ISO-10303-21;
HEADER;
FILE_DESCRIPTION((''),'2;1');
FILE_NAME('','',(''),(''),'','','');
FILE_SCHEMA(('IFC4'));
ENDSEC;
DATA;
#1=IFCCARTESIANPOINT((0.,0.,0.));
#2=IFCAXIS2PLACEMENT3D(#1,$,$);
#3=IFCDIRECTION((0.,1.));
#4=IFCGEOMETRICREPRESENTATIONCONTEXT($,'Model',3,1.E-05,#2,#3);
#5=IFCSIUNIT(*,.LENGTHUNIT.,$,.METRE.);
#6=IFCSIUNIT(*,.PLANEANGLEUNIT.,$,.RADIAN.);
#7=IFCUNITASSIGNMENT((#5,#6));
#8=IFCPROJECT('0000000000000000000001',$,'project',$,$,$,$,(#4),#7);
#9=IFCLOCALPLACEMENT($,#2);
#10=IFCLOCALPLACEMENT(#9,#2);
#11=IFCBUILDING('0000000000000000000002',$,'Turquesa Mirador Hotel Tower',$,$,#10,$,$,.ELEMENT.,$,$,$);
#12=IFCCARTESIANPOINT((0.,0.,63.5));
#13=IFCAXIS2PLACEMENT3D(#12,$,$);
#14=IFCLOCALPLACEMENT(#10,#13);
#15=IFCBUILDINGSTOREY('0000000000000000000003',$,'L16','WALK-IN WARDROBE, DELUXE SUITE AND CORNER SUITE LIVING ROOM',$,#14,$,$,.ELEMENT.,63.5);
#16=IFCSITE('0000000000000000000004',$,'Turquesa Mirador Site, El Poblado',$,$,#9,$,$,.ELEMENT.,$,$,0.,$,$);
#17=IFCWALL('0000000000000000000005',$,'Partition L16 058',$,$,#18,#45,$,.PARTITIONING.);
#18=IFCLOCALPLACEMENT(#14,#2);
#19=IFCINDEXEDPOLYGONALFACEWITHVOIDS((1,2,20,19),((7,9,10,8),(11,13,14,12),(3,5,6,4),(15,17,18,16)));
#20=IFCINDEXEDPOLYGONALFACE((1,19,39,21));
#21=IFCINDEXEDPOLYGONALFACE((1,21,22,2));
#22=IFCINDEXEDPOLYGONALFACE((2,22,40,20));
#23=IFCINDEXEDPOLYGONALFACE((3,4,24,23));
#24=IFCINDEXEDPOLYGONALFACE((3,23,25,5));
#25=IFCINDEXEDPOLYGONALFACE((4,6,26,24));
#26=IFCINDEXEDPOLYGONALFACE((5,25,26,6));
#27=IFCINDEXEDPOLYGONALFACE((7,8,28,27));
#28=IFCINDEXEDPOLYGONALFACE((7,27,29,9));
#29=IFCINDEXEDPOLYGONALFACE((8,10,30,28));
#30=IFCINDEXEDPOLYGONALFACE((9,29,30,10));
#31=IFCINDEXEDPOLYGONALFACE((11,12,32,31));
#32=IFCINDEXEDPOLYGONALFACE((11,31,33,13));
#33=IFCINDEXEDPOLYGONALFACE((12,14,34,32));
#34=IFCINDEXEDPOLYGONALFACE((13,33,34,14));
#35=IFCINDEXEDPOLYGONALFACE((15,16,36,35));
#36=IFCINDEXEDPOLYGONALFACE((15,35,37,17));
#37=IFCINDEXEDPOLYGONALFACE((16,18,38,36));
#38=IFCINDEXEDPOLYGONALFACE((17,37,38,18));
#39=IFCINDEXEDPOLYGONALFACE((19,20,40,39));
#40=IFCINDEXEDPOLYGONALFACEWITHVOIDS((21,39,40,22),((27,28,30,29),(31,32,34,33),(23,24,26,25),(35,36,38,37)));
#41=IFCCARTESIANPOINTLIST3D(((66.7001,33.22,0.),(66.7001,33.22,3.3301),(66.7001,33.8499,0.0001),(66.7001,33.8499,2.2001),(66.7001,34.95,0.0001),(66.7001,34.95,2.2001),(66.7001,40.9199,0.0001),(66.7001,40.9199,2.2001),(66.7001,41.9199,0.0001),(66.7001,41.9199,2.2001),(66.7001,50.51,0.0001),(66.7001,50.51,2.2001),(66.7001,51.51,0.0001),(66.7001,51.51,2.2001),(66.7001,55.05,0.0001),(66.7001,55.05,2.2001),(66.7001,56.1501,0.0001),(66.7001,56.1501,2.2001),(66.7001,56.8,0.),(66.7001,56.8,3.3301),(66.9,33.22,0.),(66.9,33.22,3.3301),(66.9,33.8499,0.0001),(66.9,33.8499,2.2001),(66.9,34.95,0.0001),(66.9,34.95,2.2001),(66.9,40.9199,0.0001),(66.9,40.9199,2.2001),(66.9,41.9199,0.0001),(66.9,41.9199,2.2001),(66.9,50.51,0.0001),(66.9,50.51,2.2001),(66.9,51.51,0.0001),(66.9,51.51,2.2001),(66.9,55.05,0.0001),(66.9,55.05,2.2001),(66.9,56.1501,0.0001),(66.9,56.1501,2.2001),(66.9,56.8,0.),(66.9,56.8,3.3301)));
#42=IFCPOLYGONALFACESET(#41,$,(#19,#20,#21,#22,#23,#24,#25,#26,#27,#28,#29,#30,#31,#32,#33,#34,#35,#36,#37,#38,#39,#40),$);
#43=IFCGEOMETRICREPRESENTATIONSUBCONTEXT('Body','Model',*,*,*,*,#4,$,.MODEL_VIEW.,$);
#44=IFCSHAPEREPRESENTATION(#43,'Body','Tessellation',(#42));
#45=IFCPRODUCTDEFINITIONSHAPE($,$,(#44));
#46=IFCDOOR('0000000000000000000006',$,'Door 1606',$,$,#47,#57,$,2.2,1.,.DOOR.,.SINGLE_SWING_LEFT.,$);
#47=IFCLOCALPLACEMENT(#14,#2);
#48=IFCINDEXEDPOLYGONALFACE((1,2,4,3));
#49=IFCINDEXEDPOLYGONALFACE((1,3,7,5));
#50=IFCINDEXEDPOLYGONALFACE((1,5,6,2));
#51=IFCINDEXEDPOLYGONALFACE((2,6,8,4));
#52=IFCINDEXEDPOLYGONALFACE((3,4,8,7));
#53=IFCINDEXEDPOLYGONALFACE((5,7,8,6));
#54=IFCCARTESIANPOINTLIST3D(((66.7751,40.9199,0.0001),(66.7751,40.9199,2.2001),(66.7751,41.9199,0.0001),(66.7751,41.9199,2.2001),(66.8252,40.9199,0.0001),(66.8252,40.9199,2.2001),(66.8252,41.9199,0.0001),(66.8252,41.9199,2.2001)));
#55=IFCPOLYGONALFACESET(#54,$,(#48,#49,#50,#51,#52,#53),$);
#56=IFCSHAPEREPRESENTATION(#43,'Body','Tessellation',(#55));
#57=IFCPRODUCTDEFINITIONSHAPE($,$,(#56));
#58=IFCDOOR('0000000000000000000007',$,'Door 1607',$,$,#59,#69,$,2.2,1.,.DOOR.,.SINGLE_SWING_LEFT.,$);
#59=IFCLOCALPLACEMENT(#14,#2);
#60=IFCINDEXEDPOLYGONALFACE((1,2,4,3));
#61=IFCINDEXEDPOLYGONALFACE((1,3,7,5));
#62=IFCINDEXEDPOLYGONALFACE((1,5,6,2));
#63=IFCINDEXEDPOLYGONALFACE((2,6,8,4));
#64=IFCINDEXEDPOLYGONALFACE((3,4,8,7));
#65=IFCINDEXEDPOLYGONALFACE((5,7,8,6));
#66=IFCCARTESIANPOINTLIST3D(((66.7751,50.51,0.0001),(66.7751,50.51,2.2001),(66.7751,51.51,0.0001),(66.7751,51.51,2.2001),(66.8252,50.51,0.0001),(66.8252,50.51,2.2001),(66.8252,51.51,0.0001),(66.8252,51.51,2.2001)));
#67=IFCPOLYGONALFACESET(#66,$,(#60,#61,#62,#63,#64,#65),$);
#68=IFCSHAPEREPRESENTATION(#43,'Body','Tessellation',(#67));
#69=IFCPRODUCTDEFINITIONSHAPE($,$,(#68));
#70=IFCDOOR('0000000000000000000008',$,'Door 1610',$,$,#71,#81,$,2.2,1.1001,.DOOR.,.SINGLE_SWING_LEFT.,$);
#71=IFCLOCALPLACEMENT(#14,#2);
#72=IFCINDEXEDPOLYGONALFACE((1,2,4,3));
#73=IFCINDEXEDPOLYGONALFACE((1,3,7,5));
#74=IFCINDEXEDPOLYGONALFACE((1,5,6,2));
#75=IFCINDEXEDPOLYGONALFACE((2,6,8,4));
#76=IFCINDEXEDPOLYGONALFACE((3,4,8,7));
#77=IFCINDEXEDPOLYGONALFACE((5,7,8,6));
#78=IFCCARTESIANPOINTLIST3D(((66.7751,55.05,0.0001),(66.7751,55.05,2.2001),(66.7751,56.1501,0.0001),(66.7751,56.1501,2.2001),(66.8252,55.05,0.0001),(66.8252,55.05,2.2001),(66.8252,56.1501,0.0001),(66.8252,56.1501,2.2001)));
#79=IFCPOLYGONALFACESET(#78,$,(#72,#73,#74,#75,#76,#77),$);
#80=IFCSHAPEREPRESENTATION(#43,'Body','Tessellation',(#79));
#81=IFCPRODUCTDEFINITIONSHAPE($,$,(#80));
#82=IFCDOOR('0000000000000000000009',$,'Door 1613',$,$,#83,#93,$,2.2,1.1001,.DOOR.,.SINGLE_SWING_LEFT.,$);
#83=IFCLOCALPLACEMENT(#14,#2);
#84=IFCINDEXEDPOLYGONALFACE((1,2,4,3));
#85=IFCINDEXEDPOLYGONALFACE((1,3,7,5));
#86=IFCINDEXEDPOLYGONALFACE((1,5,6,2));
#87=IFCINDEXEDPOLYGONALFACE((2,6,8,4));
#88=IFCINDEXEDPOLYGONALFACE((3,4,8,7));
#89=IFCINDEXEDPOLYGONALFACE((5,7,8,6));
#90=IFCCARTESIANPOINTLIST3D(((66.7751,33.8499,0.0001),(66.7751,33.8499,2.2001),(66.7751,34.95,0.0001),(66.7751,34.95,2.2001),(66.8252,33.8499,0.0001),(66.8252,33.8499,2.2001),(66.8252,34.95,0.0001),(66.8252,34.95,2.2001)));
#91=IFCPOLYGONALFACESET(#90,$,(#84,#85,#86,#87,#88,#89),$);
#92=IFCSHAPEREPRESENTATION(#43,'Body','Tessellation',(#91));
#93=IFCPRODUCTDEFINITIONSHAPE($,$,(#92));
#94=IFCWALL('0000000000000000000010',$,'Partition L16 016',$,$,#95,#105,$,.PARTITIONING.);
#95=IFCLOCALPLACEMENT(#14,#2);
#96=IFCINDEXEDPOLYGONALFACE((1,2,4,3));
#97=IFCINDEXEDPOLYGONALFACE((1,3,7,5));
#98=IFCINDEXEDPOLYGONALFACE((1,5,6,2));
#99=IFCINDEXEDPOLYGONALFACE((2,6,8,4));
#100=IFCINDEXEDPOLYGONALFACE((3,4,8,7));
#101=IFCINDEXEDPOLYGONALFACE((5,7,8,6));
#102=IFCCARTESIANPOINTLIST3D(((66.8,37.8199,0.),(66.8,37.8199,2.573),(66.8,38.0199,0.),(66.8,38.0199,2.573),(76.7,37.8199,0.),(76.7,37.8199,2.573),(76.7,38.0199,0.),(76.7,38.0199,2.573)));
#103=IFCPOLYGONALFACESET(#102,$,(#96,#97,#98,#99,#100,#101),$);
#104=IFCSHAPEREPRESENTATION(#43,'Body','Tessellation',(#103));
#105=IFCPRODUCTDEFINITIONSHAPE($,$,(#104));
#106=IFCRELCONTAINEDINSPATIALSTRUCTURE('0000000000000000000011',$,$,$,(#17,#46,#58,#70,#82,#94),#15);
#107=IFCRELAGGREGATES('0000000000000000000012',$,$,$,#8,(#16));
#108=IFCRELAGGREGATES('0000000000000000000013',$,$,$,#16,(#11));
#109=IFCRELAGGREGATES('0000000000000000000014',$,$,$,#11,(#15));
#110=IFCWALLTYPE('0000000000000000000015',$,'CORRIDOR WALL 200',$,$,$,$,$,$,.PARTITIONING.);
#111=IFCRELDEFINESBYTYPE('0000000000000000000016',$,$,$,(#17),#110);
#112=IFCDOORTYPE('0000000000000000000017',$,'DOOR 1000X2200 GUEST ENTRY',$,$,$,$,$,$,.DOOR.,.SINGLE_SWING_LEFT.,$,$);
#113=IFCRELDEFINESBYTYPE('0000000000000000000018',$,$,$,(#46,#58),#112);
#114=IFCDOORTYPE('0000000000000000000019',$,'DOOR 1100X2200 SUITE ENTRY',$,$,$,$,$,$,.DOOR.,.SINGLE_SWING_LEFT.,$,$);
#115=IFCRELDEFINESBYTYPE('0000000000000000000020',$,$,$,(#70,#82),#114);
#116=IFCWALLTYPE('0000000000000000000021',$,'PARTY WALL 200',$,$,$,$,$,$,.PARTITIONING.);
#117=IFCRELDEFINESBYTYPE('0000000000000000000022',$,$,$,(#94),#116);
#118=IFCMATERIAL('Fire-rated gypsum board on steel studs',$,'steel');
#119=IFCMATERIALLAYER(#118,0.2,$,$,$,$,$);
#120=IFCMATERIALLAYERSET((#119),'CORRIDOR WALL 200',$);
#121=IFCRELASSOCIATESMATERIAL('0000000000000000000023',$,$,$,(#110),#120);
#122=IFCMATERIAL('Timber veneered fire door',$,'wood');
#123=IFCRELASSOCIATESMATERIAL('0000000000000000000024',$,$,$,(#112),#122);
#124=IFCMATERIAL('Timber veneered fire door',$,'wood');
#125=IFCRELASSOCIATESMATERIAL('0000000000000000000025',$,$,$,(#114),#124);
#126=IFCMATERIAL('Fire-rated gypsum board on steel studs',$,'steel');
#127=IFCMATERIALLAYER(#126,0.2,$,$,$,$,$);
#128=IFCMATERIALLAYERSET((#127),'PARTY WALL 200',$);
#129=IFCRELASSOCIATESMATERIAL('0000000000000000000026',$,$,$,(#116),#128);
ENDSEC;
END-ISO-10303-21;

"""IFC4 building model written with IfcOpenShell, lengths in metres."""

from ifc_helpers import new_model, si_unit, direction, frame, frame_2d, origin, place, context, subcontext, project, spatial, rectangle, extrude, material, layer, layer_set, type_object, element, fill, save


model = new_model("IFC4")

# Units and contexts
model_context = context("Model", 3, precision=1e-05, world=origin(), true_north=direction((0.0, 1.0)))
body_context = subcontext(model_context, "Body", "Model", "MODEL_VIEW")
ifc_project = project(units=[si_unit("LENGTHUNIT", "METRE"), si_unit("PLANEANGLEUNIT", "RADIAN")], contexts=[model_context])

# Site, building, storey
site_placement = place(None, origin())
site = spatial("IfcSite", under=ifc_project, at=site_placement, Name="Turquesa Mirador Site, El Poblado", CompositionType="ELEMENT", RefElevation=0.0)
building_placement = place(site_placement, origin())
building = spatial("IfcBuilding", under=site, at=building_placement, Name="Turquesa Mirador Hotel Tower", CompositionType="ELEMENT")
storey_placement = place(building_placement, frame((0.0, 0.0, 63.5)))
storey = spatial("IfcBuildingStorey", under=building, at=storey_placement, Name="L16", Description="WALK-IN WARDROBE, DELUXE SUITE AND CORNER SUITE LIVING ROOM", CompositionType="ELEMENT", Elevation=63.5)

# Wall, openings, doors
ifc_material_1 = material(Name="Fire-rated gypsum board on steel studs", Category="steel")
ifc_layer_1 = layer(ifc_material_1, 0.2)
ifc_layer_set_1 = layer_set([ifc_layer_1], Name="CORRIDOR WALL 200")
wall_type_1 = type_object("IfcWallType", Name="CORRIDOR WALL 200", PredefinedType="PARTITIONING", material=ifc_layer_set_1)
wall_1_placement = place(storey_placement, frame((66.8, 33.22, 0.0), z_axis=(0.0, 0.0, 1.0), x_axis=(0.0, 1.0, 0.0)))
wall_1 = element("IfcWall", 1, at=wall_1_placement, inside=storey, type_object=wall_type_1, Name="Partition L16 058", PredefinedType="PARTITIONING", context=body_context, shape_type="SweptSolid", body=[
    extrude(rectangle(XDim=23.5801, YDim=0.2, at=frame_2d((11.79, 0.0))), origin(), (0.0, 0.0, 1.0), 3.3301),
])
opening_1_placement = place(wall_1_placement, frame((7.7, 0.0, 0.0)))
opening_1 = element("IfcOpeningElement", 2, at=opening_1_placement, cuts=wall_1, PredefinedType="OPENING", context=body_context, shape_type="SweptSolid", body=[
    extrude(rectangle(XDim=1.0, YDim=2.2, at=frame_2d((0.5, 1.1001))), frame((0.0, 0.1099, 0.0), z_axis=(0.0, -1.0, 0.0), x_axis=(1.0, 0.0, 0.0)), (0.0, 0.0, 1.0), 0.22),
])
opening_2_placement = place(wall_1_placement, frame((17.29, 0.0, 0.0)))
opening_2 = element("IfcOpeningElement", 3, at=opening_2_placement, cuts=wall_1, PredefinedType="OPENING", context=body_context, shape_type="SweptSolid", body=[
    extrude(rectangle(XDim=1.0, YDim=2.2, at=frame_2d((0.5, 1.1001))), frame((0.0, 0.1099, 0.0), z_axis=(0.0, -1.0, 0.0), x_axis=(1.0, 0.0, 0.0)), (0.0, 0.0, 1.0), 0.22),
])
opening_3_placement = place(wall_1_placement, frame((21.8301, 0.0, 0.0)))
opening_3 = element("IfcOpeningElement", 4, at=opening_3_placement, cuts=wall_1, PredefinedType="OPENING", context=body_context, shape_type="SweptSolid", body=[
    extrude(rectangle(XDim=1.1001, YDim=2.2, at=frame_2d((0.55, 1.1001))), frame((0.0, 0.1099, 0.0), z_axis=(0.0, -1.0, 0.0), x_axis=(1.0, 0.0, 0.0)), (0.0, 0.0, 1.0), 0.22),
])
opening_4_placement = place(wall_1_placement, frame((0.6299, 0.0, 0.0)))
opening_4 = element("IfcOpeningElement", 5, at=opening_4_placement, cuts=wall_1, PredefinedType="OPENING", context=body_context, shape_type="SweptSolid", body=[
    extrude(rectangle(XDim=1.1001, YDim=2.2, at=frame_2d((0.55, 1.1001))), frame((0.0, 0.1099, 0.0), z_axis=(0.0, -1.0, 0.0), x_axis=(1.0, 0.0, 0.0)), (0.0, 0.0, 1.0), 0.22),
])
ifc_material_2 = material(Name="Timber veneered fire door", Category="wood")
door_type_1 = type_object("IfcDoorType", Name="DOOR 1000X2200 GUEST ENTRY", OperationType="SINGLE_SWING_LEFT", PredefinedType="DOOR", material=ifc_material_2)
door_1_placement = place(opening_1_placement, origin())
door_1 = element("IfcDoor", 6, at=door_1_placement, inside=storey, type_object=door_type_1, Name="Door 1606", OperationType="SINGLE_SWING_LEFT", OverallHeight=2.2, OverallWidth=1.0, PredefinedType="DOOR", context=body_context, shape_type="SweptSolid", body=[
    extrude(rectangle(XDim=1.0, YDim=2.2, at=frame_2d((0.5, 1.1001))), frame((0.0, 0.0249, 0.0), z_axis=(0.0, -1.0, 0.0), x_axis=(1.0, 0.0, 0.0)), (0.0, 0.0, 1.0), 0.05),
])
fill(opening_1, door_1)
door_2_placement = place(opening_2_placement, origin())
door_2 = element("IfcDoor", 7, at=door_2_placement, inside=storey, type_object=door_type_1, Name="Door 1607", OperationType="SINGLE_SWING_LEFT", OverallHeight=2.2, OverallWidth=1.0, PredefinedType="DOOR", context=body_context, shape_type="SweptSolid", body=[
    extrude(rectangle(XDim=1.0, YDim=2.2, at=frame_2d((0.5, 1.1001))), frame((0.0, 0.0249, 0.0), z_axis=(0.0, -1.0, 0.0), x_axis=(1.0, 0.0, 0.0)), (0.0, 0.0, 1.0), 0.05),
])
fill(opening_2, door_2)
ifc_material_3 = material(Name="Timber veneered fire door", Category="wood")
door_type_2 = type_object("IfcDoorType", Name="DOOR 1100X2200 SUITE ENTRY", OperationType="SINGLE_SWING_LEFT", PredefinedType="DOOR", material=ifc_material_3)
door_3_placement = place(opening_3_placement, origin())
door_3 = element("IfcDoor", 8, at=door_3_placement, inside=storey, type_object=door_type_2, Name="Door 1610", OperationType="SINGLE_SWING_LEFT", OverallHeight=2.2, OverallWidth=1.1001, PredefinedType="DOOR", context=body_context, shape_type="SweptSolid", body=[
    extrude(rectangle(XDim=1.1001, YDim=2.2, at=frame_2d((0.55, 1.1001))), frame((0.0, 0.0249, 0.0), z_axis=(0.0, -1.0, 0.0), x_axis=(1.0, 0.0, 0.0)), (0.0, 0.0, 1.0), 0.05),
])
fill(opening_3, door_3)
door_4_placement = place(opening_4_placement, origin())
door_4 = element("IfcDoor", 9, at=door_4_placement, inside=storey, type_object=door_type_2, Name="Door 1613", OperationType="SINGLE_SWING_LEFT", OverallHeight=2.2, OverallWidth=1.1001, PredefinedType="DOOR", context=body_context, shape_type="SweptSolid", body=[
    extrude(rectangle(XDim=1.1001, YDim=2.2, at=frame_2d((0.55, 1.1001))), frame((0.0, 0.0249, 0.0), z_axis=(0.0, -1.0, 0.0), x_axis=(1.0, 0.0, 0.0)), (0.0, 0.0, 1.0), 0.05),
])
fill(opening_4, door_4)

# Wall
ifc_material_4 = material(Name="Fire-rated gypsum board on steel studs", Category="steel")
ifc_layer_2 = layer(ifc_material_4, 0.2)
ifc_layer_set_2 = layer_set([ifc_layer_2], Name="PARTY WALL 200")
wall_type_2 = type_object("IfcWallType", Name="PARTY WALL 200", PredefinedType="PARTITIONING", material=ifc_layer_set_2)
wall_2_placement = place(storey_placement, frame((66.8, 37.9199, 0.0), z_axis=(0.0, 0.0, 1.0), x_axis=(1.0, 0.0, 0.0)))
element("IfcWall", 10, at=wall_2_placement, inside=storey, type_object=wall_type_2, Name="Partition L16 016", PredefinedType="PARTITIONING", context=body_context, shape_type="SweptSolid", body=[
    extrude(rectangle(XDim=9.8999, YDim=0.2, at=frame_2d((4.95, 0.0))), origin(), (0.0, 0.0, 1.0), 2.573),
])

save(model, "model.ifc")
